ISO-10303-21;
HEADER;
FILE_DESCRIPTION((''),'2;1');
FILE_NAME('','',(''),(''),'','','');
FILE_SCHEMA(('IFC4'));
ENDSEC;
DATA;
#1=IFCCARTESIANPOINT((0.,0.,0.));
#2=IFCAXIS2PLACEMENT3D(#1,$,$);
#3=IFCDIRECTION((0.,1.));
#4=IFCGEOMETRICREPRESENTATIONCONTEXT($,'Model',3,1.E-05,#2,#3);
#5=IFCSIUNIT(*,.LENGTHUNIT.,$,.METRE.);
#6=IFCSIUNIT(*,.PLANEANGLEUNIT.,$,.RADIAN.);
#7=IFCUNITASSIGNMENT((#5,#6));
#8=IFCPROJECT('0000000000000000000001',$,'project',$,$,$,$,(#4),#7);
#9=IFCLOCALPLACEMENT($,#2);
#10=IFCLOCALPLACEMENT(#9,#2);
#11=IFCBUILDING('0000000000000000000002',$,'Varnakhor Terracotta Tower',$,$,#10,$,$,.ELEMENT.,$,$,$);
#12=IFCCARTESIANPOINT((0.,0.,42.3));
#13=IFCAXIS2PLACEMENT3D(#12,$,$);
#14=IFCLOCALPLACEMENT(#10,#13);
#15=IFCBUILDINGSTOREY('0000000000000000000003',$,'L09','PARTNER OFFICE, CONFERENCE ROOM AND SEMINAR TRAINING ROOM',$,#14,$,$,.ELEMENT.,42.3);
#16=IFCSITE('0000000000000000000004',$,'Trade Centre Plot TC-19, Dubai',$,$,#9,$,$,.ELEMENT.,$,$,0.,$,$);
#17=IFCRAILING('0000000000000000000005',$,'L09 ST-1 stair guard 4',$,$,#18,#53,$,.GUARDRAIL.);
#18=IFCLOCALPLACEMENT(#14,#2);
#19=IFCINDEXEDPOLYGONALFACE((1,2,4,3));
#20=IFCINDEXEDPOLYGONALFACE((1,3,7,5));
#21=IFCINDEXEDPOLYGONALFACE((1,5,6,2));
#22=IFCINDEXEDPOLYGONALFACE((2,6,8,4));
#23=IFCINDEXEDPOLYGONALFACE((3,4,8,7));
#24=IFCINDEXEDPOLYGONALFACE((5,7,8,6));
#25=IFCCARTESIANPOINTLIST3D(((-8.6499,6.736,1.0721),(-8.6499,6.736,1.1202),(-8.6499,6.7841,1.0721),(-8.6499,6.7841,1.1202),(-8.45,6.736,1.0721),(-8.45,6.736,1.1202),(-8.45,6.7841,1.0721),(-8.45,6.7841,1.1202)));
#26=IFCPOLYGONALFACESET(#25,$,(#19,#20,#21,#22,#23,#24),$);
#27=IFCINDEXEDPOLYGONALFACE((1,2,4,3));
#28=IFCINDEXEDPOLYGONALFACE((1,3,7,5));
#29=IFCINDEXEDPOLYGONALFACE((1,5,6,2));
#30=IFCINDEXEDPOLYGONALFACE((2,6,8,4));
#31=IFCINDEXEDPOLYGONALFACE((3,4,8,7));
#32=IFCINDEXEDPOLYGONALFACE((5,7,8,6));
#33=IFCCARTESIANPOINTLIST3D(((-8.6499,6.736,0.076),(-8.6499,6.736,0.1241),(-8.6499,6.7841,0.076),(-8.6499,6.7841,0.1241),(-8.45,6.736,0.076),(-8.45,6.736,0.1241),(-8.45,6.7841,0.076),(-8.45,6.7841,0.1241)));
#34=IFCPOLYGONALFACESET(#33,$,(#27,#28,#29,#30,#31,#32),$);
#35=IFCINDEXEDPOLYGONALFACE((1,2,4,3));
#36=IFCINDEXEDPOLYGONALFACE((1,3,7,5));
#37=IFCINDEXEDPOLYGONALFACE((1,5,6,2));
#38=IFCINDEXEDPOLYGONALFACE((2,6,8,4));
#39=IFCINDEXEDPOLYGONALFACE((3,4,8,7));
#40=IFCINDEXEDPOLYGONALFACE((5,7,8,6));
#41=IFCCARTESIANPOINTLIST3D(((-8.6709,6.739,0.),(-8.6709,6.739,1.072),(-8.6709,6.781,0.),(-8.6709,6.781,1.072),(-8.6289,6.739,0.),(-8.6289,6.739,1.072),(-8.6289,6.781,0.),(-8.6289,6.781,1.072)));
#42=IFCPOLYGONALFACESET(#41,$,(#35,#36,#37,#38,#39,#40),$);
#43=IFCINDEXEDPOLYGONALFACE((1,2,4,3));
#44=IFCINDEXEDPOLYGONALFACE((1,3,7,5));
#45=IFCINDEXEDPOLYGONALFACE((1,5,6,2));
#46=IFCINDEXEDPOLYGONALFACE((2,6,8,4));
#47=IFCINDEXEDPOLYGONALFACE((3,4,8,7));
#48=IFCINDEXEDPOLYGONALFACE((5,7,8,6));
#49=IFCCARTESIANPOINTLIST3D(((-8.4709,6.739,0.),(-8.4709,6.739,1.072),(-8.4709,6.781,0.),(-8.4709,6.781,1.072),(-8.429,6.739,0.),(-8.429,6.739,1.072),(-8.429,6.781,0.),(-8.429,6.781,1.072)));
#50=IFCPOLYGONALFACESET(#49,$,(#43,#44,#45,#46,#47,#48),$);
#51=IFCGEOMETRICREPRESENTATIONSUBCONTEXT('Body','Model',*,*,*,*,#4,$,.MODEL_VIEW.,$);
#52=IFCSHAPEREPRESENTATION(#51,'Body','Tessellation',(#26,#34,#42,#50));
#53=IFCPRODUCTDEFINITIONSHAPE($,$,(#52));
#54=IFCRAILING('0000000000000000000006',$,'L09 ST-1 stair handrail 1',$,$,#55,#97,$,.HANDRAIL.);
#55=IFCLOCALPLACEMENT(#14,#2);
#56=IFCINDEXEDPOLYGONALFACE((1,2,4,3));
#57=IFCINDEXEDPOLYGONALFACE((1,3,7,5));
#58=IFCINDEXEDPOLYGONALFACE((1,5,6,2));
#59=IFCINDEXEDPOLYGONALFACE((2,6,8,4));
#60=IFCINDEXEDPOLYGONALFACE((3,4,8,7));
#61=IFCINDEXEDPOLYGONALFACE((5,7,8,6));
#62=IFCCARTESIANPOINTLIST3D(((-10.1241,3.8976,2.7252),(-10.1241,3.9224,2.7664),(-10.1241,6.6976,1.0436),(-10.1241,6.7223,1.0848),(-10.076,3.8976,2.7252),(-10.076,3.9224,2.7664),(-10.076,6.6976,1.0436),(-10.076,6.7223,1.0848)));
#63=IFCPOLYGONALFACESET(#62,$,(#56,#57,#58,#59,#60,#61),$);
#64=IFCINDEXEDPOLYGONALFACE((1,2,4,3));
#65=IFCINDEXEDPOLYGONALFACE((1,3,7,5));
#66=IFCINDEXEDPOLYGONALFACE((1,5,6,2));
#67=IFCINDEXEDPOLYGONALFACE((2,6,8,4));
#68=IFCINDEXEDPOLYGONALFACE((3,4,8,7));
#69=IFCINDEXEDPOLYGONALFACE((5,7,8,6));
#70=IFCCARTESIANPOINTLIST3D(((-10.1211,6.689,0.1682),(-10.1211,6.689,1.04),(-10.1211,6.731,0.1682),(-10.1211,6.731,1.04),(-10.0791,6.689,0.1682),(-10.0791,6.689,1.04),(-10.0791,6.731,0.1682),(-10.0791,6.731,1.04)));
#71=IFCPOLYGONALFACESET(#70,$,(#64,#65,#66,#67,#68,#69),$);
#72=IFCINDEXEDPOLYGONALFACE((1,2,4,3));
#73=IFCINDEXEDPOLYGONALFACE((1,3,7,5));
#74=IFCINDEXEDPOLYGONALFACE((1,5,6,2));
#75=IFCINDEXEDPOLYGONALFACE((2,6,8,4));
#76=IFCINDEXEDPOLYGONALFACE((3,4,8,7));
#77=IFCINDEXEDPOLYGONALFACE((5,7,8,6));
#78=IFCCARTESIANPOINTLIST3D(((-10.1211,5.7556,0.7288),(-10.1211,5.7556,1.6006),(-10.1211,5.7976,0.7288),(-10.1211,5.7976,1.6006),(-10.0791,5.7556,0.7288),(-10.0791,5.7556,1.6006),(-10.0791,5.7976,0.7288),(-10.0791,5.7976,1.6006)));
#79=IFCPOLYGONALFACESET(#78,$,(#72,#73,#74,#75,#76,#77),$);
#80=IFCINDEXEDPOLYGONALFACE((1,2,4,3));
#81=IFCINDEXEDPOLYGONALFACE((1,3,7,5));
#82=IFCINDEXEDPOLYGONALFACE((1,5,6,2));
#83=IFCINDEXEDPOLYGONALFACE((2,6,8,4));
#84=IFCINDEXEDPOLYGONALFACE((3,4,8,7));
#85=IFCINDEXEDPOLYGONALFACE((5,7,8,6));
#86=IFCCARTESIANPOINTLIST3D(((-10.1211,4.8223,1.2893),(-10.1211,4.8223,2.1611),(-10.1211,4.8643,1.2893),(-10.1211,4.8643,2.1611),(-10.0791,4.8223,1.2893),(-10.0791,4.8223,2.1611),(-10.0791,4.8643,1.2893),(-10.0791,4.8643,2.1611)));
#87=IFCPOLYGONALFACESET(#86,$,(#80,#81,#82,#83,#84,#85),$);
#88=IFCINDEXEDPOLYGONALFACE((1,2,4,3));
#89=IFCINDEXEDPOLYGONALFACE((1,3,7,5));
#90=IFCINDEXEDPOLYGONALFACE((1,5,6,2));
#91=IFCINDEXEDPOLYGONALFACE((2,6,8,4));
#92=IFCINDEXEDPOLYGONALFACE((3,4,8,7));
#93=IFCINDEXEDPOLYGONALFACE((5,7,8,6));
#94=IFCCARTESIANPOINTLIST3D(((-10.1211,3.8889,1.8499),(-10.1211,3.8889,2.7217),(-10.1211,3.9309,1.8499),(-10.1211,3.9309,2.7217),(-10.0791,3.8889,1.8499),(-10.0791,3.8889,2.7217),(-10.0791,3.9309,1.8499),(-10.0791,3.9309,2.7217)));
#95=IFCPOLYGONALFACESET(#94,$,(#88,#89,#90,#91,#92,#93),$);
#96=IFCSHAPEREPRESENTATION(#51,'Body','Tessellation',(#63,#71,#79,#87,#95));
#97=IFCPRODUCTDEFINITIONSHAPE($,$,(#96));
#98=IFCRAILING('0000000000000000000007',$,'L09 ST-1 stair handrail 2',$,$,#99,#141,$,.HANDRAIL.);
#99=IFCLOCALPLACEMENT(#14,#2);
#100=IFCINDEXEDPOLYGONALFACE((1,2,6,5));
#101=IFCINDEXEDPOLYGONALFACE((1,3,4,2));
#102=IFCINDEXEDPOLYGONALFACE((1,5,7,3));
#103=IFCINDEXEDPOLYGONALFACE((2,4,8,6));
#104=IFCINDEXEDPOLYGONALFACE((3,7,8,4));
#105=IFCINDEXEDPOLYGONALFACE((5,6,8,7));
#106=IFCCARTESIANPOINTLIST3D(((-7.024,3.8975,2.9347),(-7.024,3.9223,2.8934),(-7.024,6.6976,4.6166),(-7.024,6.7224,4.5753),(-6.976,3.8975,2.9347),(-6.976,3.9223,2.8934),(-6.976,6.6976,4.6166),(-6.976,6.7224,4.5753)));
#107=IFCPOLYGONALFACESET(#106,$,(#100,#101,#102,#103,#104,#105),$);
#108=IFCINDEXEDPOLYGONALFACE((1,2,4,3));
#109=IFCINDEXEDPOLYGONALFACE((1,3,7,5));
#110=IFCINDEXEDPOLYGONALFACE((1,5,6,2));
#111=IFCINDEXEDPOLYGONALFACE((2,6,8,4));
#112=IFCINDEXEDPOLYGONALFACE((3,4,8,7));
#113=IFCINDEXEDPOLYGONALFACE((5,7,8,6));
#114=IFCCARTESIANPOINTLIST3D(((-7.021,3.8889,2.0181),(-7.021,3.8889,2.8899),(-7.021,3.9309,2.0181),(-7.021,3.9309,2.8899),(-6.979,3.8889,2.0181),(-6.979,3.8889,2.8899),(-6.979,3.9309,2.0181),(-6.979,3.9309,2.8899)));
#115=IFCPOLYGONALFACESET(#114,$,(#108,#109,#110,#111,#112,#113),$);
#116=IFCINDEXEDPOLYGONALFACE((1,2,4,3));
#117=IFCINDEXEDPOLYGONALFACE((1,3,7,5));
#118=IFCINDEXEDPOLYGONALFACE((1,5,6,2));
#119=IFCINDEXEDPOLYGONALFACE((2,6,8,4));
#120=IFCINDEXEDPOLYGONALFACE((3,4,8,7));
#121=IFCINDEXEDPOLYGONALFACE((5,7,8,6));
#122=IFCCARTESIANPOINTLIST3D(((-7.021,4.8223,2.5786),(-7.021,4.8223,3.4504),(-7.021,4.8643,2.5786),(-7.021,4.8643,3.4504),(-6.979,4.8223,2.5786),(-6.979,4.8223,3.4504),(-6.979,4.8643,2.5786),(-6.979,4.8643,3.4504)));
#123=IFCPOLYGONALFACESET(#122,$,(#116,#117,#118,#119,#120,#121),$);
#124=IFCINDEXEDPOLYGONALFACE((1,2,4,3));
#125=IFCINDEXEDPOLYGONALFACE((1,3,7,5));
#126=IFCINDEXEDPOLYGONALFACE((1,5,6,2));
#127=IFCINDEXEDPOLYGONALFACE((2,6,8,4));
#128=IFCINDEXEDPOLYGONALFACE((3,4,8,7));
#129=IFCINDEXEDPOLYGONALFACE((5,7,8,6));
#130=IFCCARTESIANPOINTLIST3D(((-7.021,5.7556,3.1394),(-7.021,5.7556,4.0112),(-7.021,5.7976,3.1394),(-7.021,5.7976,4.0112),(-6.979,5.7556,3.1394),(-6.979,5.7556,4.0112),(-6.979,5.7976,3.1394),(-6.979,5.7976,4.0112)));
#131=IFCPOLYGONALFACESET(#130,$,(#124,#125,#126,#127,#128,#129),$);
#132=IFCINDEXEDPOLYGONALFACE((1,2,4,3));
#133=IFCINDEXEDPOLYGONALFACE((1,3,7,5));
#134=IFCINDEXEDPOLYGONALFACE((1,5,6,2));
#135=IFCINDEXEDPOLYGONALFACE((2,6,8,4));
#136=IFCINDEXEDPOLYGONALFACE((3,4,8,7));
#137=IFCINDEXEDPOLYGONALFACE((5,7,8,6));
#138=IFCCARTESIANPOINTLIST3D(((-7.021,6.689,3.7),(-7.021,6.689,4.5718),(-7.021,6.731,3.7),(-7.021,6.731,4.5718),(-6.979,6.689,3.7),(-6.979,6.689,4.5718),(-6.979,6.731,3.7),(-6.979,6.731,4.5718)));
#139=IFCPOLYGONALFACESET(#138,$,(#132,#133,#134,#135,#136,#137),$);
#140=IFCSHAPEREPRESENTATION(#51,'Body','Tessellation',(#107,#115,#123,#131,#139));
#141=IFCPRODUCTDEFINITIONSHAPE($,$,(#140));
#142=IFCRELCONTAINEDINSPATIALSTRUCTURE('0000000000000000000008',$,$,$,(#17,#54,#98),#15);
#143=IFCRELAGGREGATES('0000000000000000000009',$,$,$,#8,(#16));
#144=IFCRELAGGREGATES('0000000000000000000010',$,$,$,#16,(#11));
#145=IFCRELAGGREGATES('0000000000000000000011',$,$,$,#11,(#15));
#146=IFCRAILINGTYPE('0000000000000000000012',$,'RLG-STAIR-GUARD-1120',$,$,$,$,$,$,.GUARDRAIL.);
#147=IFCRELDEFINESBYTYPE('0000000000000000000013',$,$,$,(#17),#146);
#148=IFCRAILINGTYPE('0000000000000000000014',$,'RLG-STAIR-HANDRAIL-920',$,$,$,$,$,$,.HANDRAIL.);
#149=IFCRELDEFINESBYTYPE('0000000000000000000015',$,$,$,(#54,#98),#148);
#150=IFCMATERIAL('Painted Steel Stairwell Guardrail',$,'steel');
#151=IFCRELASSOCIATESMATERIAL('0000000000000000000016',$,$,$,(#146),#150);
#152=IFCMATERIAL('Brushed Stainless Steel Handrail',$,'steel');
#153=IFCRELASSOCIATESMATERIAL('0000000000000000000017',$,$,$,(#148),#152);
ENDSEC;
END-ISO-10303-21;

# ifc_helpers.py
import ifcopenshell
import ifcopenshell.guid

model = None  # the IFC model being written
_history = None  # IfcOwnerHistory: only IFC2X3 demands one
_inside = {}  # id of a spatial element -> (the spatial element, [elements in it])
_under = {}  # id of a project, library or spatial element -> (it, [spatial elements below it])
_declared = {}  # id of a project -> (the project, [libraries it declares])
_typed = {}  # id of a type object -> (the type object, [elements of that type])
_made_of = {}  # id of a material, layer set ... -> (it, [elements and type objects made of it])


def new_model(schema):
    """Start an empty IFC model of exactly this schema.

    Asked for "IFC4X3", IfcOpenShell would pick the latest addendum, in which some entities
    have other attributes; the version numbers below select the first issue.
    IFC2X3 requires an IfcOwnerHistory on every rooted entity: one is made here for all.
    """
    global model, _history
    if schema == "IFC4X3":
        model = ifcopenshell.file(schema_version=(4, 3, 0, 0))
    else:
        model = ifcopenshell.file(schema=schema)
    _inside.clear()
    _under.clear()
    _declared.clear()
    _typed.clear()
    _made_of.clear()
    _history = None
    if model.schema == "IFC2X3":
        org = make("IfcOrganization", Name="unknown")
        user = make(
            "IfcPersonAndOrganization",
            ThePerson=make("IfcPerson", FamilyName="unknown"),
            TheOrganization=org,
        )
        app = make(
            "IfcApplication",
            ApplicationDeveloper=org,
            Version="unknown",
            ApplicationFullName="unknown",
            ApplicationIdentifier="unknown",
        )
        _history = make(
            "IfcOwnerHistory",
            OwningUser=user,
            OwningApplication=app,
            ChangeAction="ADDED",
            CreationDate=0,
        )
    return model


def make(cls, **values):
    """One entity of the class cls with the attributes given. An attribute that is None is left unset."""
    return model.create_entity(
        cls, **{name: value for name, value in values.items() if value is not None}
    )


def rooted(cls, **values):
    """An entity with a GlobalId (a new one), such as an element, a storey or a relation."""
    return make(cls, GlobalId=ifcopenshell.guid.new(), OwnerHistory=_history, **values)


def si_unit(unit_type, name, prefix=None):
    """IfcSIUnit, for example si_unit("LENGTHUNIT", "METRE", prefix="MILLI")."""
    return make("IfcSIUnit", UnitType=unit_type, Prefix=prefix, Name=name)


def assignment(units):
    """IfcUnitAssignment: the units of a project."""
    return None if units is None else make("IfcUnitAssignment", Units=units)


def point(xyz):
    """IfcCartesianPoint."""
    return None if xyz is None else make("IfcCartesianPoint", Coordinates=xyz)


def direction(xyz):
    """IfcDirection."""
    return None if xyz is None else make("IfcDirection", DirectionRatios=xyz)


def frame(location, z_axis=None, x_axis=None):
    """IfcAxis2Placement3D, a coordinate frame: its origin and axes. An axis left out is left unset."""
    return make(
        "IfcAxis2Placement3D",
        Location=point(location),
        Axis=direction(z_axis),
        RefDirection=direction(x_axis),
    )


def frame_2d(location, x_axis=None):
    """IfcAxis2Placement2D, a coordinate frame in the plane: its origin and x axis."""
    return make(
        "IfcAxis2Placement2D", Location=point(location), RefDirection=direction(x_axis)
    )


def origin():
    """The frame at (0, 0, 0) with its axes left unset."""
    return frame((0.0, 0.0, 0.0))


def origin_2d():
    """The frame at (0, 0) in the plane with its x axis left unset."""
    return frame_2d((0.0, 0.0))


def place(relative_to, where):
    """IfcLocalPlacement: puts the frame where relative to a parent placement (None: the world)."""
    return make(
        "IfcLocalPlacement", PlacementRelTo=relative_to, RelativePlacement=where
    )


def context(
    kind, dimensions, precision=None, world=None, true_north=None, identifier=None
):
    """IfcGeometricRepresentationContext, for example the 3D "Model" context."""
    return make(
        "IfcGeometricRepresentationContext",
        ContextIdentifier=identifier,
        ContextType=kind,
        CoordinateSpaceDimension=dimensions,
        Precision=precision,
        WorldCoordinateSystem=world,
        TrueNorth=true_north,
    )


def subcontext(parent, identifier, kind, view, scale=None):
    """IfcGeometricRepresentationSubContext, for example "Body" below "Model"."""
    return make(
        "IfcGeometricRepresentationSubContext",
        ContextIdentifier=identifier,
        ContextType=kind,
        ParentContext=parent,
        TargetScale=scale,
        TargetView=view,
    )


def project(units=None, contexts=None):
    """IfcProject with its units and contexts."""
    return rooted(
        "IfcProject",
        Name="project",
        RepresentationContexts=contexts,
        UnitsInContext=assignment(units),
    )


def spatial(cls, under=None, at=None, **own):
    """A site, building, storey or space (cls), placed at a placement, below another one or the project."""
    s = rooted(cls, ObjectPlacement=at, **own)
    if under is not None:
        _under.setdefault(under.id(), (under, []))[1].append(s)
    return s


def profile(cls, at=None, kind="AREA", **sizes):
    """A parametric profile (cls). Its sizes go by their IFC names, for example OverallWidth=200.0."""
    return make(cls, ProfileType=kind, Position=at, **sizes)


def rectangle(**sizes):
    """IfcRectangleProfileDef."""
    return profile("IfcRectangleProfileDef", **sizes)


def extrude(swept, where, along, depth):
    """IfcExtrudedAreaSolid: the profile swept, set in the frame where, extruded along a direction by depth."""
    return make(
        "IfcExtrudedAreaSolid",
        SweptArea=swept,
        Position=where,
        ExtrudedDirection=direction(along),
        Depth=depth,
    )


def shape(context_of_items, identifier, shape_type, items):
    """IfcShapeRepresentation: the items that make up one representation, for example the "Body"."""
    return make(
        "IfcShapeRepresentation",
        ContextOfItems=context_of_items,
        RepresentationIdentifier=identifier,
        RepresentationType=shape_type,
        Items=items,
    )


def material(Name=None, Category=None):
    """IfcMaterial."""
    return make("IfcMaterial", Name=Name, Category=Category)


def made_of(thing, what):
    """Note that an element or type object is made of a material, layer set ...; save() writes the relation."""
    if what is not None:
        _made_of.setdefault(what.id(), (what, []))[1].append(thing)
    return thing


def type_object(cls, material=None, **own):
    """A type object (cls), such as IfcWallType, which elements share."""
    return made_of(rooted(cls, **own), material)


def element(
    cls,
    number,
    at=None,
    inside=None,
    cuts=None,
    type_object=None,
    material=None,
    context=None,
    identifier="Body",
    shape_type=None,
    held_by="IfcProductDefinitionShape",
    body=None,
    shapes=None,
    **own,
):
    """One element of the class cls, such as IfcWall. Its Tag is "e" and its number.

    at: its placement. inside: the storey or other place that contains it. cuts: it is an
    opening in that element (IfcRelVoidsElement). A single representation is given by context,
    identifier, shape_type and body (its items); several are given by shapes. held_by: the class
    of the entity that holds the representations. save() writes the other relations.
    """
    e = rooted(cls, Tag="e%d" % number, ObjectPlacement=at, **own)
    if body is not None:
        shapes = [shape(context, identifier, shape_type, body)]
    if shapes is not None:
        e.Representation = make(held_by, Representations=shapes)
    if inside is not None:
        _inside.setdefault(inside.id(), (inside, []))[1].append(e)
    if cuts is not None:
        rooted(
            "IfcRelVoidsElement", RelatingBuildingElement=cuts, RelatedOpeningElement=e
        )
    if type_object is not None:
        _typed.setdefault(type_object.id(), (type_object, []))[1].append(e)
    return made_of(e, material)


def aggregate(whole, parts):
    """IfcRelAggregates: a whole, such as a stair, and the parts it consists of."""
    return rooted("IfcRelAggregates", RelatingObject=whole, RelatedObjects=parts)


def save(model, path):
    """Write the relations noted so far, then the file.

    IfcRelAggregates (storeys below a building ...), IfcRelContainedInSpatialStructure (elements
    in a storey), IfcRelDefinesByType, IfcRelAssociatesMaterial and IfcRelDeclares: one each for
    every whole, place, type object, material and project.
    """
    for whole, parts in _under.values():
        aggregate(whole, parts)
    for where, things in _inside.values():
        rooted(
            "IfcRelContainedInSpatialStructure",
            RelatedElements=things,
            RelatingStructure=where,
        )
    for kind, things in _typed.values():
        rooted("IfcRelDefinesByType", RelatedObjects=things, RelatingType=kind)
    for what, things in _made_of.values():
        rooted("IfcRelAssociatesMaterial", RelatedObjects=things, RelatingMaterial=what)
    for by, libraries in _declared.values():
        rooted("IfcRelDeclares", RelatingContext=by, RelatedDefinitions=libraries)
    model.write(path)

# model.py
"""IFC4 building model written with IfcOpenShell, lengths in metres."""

from ifc_helpers import new_model, si_unit, direction, frame, origin, origin_2d, place, context, subcontext, project, spatial, rectangle, extrude, material, type_object, element, save


model = new_model("IFC4")

# Units and contexts
model_context = context("Model", 3, precision=1e-05, world=origin(), true_north=direction((0.0, 1.0)))
body_context = subcontext(model_context, "Body", "Model", "MODEL_VIEW")
ifc_project = project(units=[si_unit("LENGTHUNIT", "METRE"), si_unit("PLANEANGLEUNIT", "RADIAN")], contexts=[model_context])

# Site, building, storey
site_placement = place(None, origin())
site = spatial("IfcSite", under=ifc_project, at=site_placement, Name="Trade Centre Plot TC-19, Dubai", CompositionType="ELEMENT", RefElevation=0.0)
building_placement = place(site_placement, origin())
building = spatial("IfcBuilding", under=site, at=building_placement, Name="Varnakhor Terracotta Tower", CompositionType="ELEMENT")
storey_placement = place(building_placement, frame((0.0, 0.0, 42.3)))
storey = spatial("IfcBuildingStorey", under=building, at=storey_placement, Name="L09", Description="PARTNER OFFICE, CONFERENCE ROOM AND SEMINAR TRAINING ROOM", CompositionType="ELEMENT", Elevation=42.3)

# Railings
ifc_material_1 = material(Name="Painted Steel Stairwell Guardrail", Category="steel")
railing_type_1 = type_object("IfcRailingType", Name="RLG-STAIR-GUARD-1120", PredefinedType="GUARDRAIL", material=ifc_material_1)
railing_1_placement = place(storey_placement, frame((-8.6499, 6.76, 0.0)))
element("IfcRailing", 1, at=railing_1_placement, inside=storey, type_object=railing_type_1, Name="L09 ST-1 stair guard 4", PredefinedType="GUARDRAIL", context=body_context, shape_type="SweptSolid", body=[
    extrude(rectangle(XDim=0.0481, YDim=0.0481, at=origin_2d()), frame((0.0, 0.0, 1.0962), z_axis=(1.0, 0.0, 0.0), x_axis=(0.0, 1.0, 0.0)), (0.0, 0.0, 1.0), 0.2),
    extrude(rectangle(XDim=0.0481, YDim=0.0481, at=origin_2d()), frame((0.0, 0.0, 0.1001), z_axis=(1.0, 0.0, 0.0), x_axis=(0.0, 1.0, 0.0)), (0.0, 0.0, 1.0), 0.2),
    extrude(rectangle(XDim=0.042, YDim=0.042, at=origin_2d()), origin(), (0.0, 0.0, 1.0), 1.072),
    extrude(rectangle(XDim=0.042, YDim=0.042, at=origin_2d()), frame((0.2, 0.0, 0.0)), (0.0, 0.0, 1.0), 1.072),
])
ifc_material_2 = material(Name="Brushed Stainless Steel Handrail", Category="steel")
railing_type_2 = type_object("IfcRailingType", Name="RLG-STAIR-HANDRAIL-920", PredefinedType="HANDRAIL", material=ifc_material_2)
railing_2_placement = place(storey_placement, frame((-10.1001, 6.71, 0.1682)))
element("IfcRailing", 2, at=railing_2_placement, inside=storey, type_object=railing_type_2, Name="L09 ST-1 stair handrail 1", PredefinedType="HANDRAIL", context=body_context, shape_type="SweptSolid", body=[
    extrude(rectangle(XDim=0.0481, YDim=0.0481, at=origin_2d()), frame((0.0, 0.0, 0.896), z_axis=(0.0, -0.857275, 0.514858), x_axis=(1.0, 0.0, 0.0)), (0.0, 0.0, 1.0), 3.2661),
    extrude(rectangle(XDim=0.042, YDim=0.042, at=origin_2d()), origin(), (0.0, 0.0, 1.0), 0.8718),
    extrude(rectangle(XDim=0.042, YDim=0.042, at=origin_2d()), frame((0.0, -0.9333, 0.5605)), (0.0, 0.0, 1.0), 0.8718),
    extrude(rectangle(XDim=0.042, YDim=0.042, at=origin_2d()), frame((0.0, -1.8667, 1.1211)), (0.0, 0.0, 1.0), 0.8718),
    extrude(rectangle(XDim=0.042, YDim=0.042, at=origin_2d()), frame((0.0, -2.8, 1.6816)), (0.0, 0.0, 1.0), 0.8718),
])
railing_3_placement = place(storey_placement, frame((-7.0, 3.9099, 2.0181)))
element("IfcRailing", 3, at=railing_3_placement, inside=storey, type_object=railing_type_2, Name="L09 ST-1 stair handrail 2", PredefinedType="HANDRAIL", context=body_context, shape_type="SweptSolid", body=[
    extrude(rectangle(XDim=0.0481, YDim=0.0481, at=origin_2d()), frame((0.0, 0.0, 0.896), z_axis=(0.0, 0.857242, 0.514913), x_axis=(-1.0, 0.0, 0.0)), (0.0, 0.0, 1.0), 3.2664),
    extrude(rectangle(XDim=0.042, YDim=0.042, at=origin_2d()), origin(), (0.0, 0.0, 1.0), 0.8718),
    extrude(rectangle(XDim=0.042, YDim=0.042, at=origin_2d()), frame((0.0, 0.9333, 0.5605)), (0.0, 0.0, 1.0), 0.8718),
    extrude(rectangle(XDim=0.042, YDim=0.042, at=origin_2d()), frame((0.0, 1.8667, 1.1213)), (0.0, 0.0, 1.0), 0.8718),
    extrude(rectangle(XDim=0.042, YDim=0.042, at=origin_2d()), frame((0.0, 2.8, 1.6819)), (0.0, 0.0, 1.0), 0.8718),
])

save(model, "model.ifc")
